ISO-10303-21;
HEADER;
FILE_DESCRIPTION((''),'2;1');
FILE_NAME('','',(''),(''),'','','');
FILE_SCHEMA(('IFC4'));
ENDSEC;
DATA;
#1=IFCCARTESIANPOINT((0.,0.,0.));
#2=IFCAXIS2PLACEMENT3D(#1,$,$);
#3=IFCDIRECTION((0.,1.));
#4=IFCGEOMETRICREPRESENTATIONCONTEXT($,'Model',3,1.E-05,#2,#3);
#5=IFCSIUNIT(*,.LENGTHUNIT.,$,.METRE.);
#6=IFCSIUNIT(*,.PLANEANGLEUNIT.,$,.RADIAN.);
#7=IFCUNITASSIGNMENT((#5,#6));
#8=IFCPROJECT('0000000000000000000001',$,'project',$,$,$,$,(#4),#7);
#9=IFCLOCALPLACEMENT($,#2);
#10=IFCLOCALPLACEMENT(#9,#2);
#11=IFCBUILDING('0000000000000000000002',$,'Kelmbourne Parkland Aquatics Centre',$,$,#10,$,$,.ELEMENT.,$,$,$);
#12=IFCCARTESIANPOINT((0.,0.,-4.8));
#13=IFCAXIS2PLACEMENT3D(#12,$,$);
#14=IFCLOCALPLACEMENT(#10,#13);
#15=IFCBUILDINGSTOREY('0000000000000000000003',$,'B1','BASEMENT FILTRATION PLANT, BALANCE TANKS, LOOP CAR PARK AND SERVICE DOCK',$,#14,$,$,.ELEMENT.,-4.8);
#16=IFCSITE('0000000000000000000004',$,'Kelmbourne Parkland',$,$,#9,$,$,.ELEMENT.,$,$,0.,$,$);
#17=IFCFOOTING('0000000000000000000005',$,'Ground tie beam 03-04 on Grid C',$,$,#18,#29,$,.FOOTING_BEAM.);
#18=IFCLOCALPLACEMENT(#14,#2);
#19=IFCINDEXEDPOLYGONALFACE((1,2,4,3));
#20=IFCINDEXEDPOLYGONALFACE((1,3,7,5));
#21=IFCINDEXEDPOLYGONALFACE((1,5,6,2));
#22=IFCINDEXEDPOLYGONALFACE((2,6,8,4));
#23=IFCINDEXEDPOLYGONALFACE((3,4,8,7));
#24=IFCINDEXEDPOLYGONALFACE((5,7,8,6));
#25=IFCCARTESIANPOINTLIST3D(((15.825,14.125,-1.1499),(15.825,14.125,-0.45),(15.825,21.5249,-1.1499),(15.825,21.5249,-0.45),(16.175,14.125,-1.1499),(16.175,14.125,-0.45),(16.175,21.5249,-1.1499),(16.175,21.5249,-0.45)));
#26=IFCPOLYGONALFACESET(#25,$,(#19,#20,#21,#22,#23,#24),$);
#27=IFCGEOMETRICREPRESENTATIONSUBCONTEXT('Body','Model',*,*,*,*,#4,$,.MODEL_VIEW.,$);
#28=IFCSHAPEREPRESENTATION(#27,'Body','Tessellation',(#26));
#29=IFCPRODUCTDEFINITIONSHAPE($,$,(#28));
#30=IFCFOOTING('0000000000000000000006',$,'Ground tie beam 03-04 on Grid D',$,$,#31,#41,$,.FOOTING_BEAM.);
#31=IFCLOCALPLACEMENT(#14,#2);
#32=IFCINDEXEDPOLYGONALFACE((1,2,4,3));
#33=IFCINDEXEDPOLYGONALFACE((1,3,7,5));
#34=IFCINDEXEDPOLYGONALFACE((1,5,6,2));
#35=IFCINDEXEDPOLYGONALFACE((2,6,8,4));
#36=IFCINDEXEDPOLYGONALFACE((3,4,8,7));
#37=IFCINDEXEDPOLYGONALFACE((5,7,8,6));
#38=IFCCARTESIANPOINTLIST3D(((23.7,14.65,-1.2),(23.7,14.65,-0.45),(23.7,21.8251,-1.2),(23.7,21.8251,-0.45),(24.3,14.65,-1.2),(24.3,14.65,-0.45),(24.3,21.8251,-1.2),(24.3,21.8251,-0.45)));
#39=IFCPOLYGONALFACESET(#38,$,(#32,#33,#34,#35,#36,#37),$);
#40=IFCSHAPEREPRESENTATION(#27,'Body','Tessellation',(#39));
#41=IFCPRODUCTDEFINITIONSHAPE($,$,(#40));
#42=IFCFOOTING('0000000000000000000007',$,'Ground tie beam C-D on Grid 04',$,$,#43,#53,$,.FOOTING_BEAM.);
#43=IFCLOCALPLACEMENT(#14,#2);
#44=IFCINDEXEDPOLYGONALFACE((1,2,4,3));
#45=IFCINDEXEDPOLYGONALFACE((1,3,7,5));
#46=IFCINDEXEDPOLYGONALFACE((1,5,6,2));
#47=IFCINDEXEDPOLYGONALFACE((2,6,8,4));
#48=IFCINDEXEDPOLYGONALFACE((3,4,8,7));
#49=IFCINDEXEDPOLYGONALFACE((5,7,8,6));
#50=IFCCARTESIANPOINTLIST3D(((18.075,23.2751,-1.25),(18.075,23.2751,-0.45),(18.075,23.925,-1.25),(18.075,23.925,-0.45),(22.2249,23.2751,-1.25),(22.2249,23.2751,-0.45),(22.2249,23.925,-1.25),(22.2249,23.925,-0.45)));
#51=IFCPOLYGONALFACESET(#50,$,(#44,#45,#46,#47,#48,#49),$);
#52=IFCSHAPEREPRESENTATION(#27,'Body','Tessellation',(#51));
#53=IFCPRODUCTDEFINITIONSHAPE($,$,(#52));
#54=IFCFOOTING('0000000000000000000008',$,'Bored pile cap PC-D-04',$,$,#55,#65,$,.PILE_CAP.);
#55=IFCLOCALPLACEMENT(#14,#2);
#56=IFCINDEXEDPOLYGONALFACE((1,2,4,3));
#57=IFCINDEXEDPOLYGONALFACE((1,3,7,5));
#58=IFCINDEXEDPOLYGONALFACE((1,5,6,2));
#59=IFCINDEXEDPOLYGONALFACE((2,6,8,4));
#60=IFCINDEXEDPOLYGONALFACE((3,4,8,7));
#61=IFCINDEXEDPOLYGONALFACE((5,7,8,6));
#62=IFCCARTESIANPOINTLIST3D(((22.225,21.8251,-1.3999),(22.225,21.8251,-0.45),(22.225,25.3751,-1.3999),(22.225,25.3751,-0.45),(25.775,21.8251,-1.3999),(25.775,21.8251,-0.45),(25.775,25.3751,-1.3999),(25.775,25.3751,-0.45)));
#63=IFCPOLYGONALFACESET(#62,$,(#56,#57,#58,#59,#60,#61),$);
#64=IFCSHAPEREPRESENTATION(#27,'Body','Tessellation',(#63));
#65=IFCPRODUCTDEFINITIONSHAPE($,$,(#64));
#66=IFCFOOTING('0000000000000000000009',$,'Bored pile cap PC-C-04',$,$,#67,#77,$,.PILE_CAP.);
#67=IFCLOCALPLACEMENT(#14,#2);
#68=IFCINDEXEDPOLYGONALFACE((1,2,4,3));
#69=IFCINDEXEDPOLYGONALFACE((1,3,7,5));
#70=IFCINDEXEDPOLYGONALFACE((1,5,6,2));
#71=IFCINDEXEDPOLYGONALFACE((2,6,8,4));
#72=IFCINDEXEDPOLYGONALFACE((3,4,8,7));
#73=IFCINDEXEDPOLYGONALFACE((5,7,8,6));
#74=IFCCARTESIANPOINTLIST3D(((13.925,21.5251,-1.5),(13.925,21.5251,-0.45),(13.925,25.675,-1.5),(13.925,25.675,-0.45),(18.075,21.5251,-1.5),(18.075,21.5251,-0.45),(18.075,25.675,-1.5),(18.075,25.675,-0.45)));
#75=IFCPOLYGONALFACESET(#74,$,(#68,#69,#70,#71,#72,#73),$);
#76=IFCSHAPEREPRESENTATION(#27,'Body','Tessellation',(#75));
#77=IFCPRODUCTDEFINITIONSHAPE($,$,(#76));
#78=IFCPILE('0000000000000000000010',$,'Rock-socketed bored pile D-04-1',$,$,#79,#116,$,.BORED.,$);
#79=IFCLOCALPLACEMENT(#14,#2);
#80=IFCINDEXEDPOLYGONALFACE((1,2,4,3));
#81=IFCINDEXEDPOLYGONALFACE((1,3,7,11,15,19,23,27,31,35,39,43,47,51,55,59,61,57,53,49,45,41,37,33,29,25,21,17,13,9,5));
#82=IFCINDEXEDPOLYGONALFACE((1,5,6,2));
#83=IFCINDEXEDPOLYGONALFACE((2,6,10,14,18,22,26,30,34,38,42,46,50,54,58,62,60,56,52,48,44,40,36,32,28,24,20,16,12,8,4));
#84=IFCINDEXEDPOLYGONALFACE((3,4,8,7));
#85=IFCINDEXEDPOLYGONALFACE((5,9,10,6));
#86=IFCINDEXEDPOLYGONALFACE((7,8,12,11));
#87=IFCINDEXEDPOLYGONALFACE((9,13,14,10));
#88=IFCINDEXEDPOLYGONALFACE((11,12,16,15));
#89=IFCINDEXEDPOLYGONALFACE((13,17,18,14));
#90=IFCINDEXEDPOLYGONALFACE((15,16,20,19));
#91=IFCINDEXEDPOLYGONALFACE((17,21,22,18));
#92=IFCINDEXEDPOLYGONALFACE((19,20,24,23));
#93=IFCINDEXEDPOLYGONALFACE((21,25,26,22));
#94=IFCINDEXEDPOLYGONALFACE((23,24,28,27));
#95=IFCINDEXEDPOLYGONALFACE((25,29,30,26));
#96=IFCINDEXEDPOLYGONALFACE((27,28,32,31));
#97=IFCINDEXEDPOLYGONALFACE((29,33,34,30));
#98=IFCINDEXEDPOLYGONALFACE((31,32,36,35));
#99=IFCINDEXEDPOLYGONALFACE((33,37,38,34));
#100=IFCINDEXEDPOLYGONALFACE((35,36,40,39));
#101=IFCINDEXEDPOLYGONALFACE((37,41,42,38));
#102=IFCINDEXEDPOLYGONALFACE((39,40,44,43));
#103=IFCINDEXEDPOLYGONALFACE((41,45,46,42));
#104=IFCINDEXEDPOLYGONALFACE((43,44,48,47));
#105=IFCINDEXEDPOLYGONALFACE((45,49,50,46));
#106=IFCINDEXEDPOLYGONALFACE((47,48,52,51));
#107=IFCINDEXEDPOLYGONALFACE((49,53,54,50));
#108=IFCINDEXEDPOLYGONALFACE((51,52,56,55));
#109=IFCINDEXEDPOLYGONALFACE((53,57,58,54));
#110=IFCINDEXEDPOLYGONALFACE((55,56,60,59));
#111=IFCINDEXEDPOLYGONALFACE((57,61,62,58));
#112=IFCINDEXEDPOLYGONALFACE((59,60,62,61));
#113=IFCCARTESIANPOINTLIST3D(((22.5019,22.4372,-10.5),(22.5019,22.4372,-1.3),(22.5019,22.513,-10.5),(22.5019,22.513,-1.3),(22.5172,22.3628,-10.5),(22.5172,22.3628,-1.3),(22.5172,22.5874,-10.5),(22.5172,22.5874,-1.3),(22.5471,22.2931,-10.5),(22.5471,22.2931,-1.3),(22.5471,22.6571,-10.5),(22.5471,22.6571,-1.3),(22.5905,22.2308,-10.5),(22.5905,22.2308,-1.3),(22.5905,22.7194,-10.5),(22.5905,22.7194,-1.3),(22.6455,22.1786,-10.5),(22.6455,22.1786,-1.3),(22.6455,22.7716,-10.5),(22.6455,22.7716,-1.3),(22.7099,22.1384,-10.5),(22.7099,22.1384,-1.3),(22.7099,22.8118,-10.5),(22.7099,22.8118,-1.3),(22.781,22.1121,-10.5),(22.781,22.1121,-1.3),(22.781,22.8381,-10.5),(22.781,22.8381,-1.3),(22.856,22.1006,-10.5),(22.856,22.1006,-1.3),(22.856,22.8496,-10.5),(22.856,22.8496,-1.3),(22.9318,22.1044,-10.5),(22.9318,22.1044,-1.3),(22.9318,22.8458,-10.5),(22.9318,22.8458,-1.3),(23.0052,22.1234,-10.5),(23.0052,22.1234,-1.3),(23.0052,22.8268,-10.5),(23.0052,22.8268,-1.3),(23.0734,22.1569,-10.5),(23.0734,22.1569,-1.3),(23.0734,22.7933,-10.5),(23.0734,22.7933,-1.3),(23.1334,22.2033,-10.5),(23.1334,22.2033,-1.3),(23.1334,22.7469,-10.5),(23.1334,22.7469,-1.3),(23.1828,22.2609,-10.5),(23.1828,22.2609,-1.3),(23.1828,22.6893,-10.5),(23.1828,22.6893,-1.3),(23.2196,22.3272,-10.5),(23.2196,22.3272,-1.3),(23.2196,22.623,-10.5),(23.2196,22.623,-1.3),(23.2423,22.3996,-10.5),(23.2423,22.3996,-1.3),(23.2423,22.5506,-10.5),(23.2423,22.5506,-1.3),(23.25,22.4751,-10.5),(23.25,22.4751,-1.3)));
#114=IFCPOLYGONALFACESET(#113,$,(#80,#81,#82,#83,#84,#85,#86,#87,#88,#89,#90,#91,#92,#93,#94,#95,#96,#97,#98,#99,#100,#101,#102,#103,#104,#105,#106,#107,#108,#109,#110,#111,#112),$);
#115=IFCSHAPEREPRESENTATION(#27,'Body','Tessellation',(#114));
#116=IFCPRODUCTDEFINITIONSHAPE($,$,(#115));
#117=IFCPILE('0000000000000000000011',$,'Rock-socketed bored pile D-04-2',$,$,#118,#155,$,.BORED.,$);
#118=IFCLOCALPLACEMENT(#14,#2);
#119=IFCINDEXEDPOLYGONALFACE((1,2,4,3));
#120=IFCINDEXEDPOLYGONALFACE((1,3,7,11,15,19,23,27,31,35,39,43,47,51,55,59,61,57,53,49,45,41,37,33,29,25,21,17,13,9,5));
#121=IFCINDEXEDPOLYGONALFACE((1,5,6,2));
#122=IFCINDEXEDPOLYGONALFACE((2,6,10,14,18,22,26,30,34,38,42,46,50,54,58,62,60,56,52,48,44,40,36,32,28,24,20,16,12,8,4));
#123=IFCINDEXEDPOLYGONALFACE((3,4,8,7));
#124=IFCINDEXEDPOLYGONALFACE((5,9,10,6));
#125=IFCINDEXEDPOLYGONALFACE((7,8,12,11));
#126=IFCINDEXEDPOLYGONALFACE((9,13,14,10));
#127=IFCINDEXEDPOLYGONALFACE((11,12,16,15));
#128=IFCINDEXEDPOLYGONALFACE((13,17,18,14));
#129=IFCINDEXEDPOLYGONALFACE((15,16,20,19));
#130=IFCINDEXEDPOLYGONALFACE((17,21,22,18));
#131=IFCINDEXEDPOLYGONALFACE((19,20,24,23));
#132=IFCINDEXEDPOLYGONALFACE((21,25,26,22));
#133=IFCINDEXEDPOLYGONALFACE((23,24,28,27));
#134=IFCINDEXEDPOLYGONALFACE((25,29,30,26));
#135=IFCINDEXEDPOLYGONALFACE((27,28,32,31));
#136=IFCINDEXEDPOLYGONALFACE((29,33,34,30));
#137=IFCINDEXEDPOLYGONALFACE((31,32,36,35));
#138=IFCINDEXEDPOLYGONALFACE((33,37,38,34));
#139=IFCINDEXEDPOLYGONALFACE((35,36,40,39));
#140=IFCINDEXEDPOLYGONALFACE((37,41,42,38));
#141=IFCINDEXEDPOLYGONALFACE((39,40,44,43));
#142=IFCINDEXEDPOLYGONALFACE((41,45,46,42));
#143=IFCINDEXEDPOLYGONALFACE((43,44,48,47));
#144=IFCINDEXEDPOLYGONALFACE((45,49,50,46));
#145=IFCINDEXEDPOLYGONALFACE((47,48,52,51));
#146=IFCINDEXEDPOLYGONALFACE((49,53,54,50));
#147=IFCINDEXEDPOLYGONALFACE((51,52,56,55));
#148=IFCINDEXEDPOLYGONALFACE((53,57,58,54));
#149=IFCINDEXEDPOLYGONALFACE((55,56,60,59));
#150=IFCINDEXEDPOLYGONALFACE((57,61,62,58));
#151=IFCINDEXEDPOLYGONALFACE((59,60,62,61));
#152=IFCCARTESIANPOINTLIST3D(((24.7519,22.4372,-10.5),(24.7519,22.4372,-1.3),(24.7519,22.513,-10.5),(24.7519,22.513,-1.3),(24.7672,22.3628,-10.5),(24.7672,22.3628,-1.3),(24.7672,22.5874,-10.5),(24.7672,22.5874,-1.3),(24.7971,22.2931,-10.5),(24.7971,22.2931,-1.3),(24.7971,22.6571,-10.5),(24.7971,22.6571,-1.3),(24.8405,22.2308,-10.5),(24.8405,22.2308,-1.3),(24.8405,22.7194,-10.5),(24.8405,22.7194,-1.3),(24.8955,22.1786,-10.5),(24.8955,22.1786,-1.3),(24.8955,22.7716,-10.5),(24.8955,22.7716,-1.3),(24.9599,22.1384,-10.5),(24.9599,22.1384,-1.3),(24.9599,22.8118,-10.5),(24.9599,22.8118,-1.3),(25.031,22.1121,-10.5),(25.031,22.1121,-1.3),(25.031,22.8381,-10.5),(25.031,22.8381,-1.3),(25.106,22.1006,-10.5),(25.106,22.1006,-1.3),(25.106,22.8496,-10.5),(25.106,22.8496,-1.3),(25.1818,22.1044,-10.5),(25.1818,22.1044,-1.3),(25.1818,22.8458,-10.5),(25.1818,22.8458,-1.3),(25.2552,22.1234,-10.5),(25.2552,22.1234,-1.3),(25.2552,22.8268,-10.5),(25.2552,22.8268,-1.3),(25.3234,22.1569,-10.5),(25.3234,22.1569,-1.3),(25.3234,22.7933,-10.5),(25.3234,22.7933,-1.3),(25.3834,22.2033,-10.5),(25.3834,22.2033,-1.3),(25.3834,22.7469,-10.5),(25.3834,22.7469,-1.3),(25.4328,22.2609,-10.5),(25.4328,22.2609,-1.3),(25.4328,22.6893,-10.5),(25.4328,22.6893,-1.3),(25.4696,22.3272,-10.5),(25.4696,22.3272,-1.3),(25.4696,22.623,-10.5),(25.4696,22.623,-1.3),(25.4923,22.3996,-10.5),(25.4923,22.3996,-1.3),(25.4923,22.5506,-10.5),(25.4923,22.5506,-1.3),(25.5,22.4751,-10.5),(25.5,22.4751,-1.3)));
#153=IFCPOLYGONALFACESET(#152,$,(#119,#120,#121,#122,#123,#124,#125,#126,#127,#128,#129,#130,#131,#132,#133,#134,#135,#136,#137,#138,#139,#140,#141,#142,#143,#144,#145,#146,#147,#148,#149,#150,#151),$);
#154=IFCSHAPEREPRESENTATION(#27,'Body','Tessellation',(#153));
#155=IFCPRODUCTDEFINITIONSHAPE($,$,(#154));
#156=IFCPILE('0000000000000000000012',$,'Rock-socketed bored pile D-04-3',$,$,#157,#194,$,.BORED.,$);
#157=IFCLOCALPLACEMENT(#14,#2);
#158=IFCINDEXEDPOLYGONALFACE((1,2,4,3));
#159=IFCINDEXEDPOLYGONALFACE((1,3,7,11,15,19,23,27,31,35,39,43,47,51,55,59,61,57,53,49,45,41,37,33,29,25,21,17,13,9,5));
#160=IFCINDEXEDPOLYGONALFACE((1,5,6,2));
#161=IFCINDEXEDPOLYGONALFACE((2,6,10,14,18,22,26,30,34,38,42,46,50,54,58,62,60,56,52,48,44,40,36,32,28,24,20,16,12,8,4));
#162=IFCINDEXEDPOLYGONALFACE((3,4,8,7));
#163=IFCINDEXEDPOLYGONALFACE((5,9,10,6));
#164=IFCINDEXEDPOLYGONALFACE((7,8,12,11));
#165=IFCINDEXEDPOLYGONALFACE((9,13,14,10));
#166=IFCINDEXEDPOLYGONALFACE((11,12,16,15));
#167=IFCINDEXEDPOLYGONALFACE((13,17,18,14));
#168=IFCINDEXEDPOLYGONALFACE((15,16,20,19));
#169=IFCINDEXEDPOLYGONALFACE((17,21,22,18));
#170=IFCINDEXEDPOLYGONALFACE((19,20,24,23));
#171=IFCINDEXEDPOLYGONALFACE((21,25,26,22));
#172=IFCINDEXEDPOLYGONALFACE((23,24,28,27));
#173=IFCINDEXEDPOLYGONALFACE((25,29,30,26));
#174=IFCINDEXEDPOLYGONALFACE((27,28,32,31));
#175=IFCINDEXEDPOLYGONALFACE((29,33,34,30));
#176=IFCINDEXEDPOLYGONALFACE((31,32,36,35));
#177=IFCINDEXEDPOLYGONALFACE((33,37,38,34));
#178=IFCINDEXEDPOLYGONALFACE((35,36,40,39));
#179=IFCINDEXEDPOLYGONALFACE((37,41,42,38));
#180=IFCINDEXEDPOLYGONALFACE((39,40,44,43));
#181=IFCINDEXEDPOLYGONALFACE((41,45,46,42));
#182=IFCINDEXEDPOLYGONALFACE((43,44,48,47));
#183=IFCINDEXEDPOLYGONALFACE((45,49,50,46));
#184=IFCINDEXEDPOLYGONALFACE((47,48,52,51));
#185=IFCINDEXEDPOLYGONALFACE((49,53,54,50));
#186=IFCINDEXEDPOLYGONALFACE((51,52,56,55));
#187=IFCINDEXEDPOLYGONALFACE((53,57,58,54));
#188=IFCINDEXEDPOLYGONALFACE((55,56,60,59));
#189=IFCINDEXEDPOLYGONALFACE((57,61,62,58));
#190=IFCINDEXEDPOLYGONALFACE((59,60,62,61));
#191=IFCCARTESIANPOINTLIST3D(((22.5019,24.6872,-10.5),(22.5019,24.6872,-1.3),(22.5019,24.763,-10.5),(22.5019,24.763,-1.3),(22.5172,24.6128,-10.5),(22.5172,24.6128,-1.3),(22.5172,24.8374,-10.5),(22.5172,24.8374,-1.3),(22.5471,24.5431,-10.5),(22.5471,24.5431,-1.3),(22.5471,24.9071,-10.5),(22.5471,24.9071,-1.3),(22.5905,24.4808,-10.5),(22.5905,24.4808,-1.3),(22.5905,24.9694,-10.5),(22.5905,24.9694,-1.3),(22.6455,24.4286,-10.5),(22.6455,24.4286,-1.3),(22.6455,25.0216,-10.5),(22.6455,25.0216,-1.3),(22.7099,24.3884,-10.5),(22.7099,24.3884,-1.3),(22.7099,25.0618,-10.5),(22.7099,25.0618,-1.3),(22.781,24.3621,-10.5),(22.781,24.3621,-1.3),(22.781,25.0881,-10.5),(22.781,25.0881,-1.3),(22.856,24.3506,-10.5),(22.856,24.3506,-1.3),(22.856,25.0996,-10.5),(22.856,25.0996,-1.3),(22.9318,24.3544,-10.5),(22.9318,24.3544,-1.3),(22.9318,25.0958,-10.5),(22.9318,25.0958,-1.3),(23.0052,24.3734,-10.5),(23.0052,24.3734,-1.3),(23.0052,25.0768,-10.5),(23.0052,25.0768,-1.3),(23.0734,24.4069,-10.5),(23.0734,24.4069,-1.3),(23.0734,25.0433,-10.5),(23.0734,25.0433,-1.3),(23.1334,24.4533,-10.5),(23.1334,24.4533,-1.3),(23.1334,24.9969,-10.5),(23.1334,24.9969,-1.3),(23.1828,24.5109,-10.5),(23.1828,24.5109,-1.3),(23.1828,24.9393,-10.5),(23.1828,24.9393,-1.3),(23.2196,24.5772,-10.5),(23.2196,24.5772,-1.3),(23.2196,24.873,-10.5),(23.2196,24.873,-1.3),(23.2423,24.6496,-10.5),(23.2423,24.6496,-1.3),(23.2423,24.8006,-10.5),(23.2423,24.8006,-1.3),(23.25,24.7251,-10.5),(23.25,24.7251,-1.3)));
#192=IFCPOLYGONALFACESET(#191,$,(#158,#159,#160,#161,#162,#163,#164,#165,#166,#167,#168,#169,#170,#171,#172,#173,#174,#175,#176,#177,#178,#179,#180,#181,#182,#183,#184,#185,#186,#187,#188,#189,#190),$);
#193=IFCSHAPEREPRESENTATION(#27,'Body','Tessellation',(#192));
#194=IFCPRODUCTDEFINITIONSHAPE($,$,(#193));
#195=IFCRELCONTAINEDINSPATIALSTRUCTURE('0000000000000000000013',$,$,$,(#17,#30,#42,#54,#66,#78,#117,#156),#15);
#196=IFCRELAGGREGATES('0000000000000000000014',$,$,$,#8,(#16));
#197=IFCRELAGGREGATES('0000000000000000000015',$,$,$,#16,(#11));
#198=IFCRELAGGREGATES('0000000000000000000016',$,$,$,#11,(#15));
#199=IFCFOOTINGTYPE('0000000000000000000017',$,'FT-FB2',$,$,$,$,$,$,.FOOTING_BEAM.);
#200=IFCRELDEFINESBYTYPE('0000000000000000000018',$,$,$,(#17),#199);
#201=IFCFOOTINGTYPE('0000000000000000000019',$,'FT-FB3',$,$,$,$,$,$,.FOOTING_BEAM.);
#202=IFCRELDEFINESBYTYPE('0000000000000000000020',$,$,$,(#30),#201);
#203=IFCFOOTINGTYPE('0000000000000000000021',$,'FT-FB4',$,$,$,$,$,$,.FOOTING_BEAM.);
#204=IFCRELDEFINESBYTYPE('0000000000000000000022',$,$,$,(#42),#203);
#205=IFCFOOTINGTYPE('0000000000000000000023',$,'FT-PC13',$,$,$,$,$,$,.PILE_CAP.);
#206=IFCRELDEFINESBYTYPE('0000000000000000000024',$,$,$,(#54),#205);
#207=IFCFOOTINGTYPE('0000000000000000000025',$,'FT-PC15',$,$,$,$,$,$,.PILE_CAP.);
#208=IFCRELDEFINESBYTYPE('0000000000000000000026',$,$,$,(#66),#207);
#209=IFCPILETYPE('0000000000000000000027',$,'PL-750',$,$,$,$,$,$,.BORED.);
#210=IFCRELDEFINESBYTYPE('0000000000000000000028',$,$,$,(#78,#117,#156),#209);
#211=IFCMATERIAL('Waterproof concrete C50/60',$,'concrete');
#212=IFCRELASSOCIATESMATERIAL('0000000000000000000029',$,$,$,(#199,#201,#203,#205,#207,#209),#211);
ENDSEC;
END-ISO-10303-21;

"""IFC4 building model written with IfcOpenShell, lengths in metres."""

from ifc_helpers import new_model, si_unit, direction, frame, origin, origin_2d, place, context, subcontext, project, spatial, rectangle, circle, extrude, material, material_profile, profile_set, type_object, element, save


model = new_model("IFC4")

# Units and contexts
model_context = context("Model", 3, precision=1e-05, world=origin(), true_north=direction((0.0, 1.0)))
body_context = subcontext(model_context, "Body", "Model", "MODEL_VIEW")
ifc_project = project(units=[si_unit("LENGTHUNIT", "METRE"), si_unit("PLANEANGLEUNIT", "RADIAN")], contexts=[model_context])

# Site, building, storey
site_placement = place(None, origin())
site = spatial("IfcSite", under=ifc_project, at=site_placement, Name="Kelmbourne Parkland", CompositionType="ELEMENT", RefElevation=0.0)
building_placement = place(site_placement, origin())
building = spatial("IfcBuilding", under=site, at=building_placement, Name="Kelmbourne Parkland Aquatics Centre", CompositionType="ELEMENT")
storey_placement = place(building_placement, frame((0.0, 0.0, -4.8)))
storey = spatial("IfcBuildingStorey", under=building, at=storey_placement, Name="B1", Description="BASEMENT FILTRATION PLANT, BALANCE TANKS, LOOP CAR PARK AND SERVICE DOCK", CompositionType="ELEMENT", Elevation=-4.8)

# Footings
ifc_material_1 = material(Name="Waterproof concrete C50/60", Category="concrete")
footing_type_1 = type_object("IfcFootingType", Name="FT-FB2", PredefinedType="FOOTING_BEAM", material=ifc_material_1)
footing_1_placement = place(storey_placement, frame((16.0, 17.825, -1.1499), z_axis=(0.0, 0.0, 1.0), x_axis=(0.0, 1.0, 0.0)))
element("IfcFooting", 1, at=footing_1_placement, inside=storey, type_object=footing_type_1, Name="Ground tie beam 03-04 on Grid C", PredefinedType="FOOTING_BEAM", context=body_context, shape_type="SweptSolid", body=[
    extrude(rectangle(XDim=7.3999, YDim=0.3501, at=origin_2d()), origin(), (0.0, 0.0, 1.0), 0.7),
])
footing_type_2 = type_object("IfcFootingType", Name="FT-FB3", PredefinedType="FOOTING_BEAM", material=ifc_material_1)
footing_2_placement = place(storey_placement, frame((24.0, 18.2375, -1.2), z_axis=(0.0, 0.0, 1.0), x_axis=(0.0, 1.0, 0.0)))
element("IfcFooting", 2, at=footing_2_placement, inside=storey, type_object=footing_type_2, Name="Ground tie beam 03-04 on Grid D", PredefinedType="FOOTING_BEAM", context=body_context, shape_type="SweptSolid", body=[
    extrude(rectangle(XDim=7.175, YDim=0.6001, at=origin_2d()), origin(), (0.0, 0.0, 1.0), 0.75),
])
footing_type_3 = type_object("IfcFootingType", Name="FT-FB4", PredefinedType="FOOTING_BEAM", material=ifc_material_1)
footing_3_placement = place(storey_placement, frame((20.1499, 23.6001, -1.25), z_axis=(0.0, 0.0, 1.0), x_axis=(1.0, 0.0, 0.0)))
element("IfcFooting", 3, at=footing_3_placement, inside=storey, type_object=footing_type_3, Name="Ground tie beam C-D on Grid 04", PredefinedType="FOOTING_BEAM", context=body_context, shape_type="SweptSolid", body=[
    extrude(rectangle(XDim=4.1499, YDim=0.6499, at=origin_2d()), origin(), (0.0, 0.0, 1.0), 0.8),
])
footing_type_4 = type_object("IfcFootingType", Name="FT-PC13", PredefinedType="PILE_CAP", material=ifc_material_1)
footing_4_placement = place(storey_placement, frame((24.0, 23.6001, -1.3999), z_axis=(0.0, 0.0, 1.0), x_axis=(1.0, 0.0, 0.0)))
element("IfcFooting", 4, at=footing_4_placement, inside=storey, type_object=footing_type_4, Name="Bored pile cap PC-D-04", PredefinedType="PILE_CAP", context=body_context, shape_type="SweptSolid", body=[
    extrude(rectangle(XDim=3.55, YDim=3.55, at=origin_2d()), origin(), (0.0, 0.0, 1.0), 0.95),
])
footing_type_5 = type_object("IfcFootingType", Name="FT-PC15", PredefinedType="PILE_CAP", material=ifc_material_1)
footing_5_placement = place(storey_placement, frame((16.0, 23.6001, -1.5), z_axis=(0.0, 0.0, 1.0), x_axis=(1.0, 0.0, 0.0)))
element("IfcFooting", 5, at=footing_5_placement, inside=storey, type_object=footing_type_5, Name="Bored pile cap PC-C-04", PredefinedType="PILE_CAP", context=body_context, shape_type="SweptSolid", body=[
    extrude(rectangle(XDim=4.1499, YDim=4.1499, at=origin_2d()), origin(), (0.0, 0.0, 1.0), 1.05),
])

# Piles
ifc_material_profile_1 = material_profile(ifc_material_1, circle(Radius=0.375, at=origin_2d()), Name="PILE D750")
ifc_profile_set_1 = profile_set([ifc_material_profile_1], Name="Waterproof concrete C50/60")
pile_type_1 = type_object("IfcPileType", Name="PL-750", PredefinedType="BORED", material=ifc_profile_set_1)
for number, where, z_axis, x_axis, name in (
    (6, (22.875, 22.4751, -1.3), (0.0, 0.0, -1.0), (1.0, 0.0, 0.0), "Rock-socketed bored pile D-04-1"),
    (7, (25.125, 22.4751, -1.3), (0.0, 0.0, -1.0), (1.0, 0.0, 0.0), "Rock-socketed bored pile D-04-2"),
    (8, (22.875, 24.7251, -1.3), (0.0, 0.0, -1.0), (1.0, 0.0, 0.0), "Rock-socketed bored pile D-04-3"),
):
    element("IfcPile", number, at=place(storey_placement, frame(where, z_axis=z_axis, x_axis=x_axis)), inside=storey, type_object=pile_type_1, Name=name, PredefinedType="BORED", context=body_context, shape_type="SweptSolid", body=[
        extrude(circle(Radius=0.375, at=origin_2d()), origin(), (0.0, 0.0, 1.0), 9.2),
    ])

save(model, "model.ifc")
